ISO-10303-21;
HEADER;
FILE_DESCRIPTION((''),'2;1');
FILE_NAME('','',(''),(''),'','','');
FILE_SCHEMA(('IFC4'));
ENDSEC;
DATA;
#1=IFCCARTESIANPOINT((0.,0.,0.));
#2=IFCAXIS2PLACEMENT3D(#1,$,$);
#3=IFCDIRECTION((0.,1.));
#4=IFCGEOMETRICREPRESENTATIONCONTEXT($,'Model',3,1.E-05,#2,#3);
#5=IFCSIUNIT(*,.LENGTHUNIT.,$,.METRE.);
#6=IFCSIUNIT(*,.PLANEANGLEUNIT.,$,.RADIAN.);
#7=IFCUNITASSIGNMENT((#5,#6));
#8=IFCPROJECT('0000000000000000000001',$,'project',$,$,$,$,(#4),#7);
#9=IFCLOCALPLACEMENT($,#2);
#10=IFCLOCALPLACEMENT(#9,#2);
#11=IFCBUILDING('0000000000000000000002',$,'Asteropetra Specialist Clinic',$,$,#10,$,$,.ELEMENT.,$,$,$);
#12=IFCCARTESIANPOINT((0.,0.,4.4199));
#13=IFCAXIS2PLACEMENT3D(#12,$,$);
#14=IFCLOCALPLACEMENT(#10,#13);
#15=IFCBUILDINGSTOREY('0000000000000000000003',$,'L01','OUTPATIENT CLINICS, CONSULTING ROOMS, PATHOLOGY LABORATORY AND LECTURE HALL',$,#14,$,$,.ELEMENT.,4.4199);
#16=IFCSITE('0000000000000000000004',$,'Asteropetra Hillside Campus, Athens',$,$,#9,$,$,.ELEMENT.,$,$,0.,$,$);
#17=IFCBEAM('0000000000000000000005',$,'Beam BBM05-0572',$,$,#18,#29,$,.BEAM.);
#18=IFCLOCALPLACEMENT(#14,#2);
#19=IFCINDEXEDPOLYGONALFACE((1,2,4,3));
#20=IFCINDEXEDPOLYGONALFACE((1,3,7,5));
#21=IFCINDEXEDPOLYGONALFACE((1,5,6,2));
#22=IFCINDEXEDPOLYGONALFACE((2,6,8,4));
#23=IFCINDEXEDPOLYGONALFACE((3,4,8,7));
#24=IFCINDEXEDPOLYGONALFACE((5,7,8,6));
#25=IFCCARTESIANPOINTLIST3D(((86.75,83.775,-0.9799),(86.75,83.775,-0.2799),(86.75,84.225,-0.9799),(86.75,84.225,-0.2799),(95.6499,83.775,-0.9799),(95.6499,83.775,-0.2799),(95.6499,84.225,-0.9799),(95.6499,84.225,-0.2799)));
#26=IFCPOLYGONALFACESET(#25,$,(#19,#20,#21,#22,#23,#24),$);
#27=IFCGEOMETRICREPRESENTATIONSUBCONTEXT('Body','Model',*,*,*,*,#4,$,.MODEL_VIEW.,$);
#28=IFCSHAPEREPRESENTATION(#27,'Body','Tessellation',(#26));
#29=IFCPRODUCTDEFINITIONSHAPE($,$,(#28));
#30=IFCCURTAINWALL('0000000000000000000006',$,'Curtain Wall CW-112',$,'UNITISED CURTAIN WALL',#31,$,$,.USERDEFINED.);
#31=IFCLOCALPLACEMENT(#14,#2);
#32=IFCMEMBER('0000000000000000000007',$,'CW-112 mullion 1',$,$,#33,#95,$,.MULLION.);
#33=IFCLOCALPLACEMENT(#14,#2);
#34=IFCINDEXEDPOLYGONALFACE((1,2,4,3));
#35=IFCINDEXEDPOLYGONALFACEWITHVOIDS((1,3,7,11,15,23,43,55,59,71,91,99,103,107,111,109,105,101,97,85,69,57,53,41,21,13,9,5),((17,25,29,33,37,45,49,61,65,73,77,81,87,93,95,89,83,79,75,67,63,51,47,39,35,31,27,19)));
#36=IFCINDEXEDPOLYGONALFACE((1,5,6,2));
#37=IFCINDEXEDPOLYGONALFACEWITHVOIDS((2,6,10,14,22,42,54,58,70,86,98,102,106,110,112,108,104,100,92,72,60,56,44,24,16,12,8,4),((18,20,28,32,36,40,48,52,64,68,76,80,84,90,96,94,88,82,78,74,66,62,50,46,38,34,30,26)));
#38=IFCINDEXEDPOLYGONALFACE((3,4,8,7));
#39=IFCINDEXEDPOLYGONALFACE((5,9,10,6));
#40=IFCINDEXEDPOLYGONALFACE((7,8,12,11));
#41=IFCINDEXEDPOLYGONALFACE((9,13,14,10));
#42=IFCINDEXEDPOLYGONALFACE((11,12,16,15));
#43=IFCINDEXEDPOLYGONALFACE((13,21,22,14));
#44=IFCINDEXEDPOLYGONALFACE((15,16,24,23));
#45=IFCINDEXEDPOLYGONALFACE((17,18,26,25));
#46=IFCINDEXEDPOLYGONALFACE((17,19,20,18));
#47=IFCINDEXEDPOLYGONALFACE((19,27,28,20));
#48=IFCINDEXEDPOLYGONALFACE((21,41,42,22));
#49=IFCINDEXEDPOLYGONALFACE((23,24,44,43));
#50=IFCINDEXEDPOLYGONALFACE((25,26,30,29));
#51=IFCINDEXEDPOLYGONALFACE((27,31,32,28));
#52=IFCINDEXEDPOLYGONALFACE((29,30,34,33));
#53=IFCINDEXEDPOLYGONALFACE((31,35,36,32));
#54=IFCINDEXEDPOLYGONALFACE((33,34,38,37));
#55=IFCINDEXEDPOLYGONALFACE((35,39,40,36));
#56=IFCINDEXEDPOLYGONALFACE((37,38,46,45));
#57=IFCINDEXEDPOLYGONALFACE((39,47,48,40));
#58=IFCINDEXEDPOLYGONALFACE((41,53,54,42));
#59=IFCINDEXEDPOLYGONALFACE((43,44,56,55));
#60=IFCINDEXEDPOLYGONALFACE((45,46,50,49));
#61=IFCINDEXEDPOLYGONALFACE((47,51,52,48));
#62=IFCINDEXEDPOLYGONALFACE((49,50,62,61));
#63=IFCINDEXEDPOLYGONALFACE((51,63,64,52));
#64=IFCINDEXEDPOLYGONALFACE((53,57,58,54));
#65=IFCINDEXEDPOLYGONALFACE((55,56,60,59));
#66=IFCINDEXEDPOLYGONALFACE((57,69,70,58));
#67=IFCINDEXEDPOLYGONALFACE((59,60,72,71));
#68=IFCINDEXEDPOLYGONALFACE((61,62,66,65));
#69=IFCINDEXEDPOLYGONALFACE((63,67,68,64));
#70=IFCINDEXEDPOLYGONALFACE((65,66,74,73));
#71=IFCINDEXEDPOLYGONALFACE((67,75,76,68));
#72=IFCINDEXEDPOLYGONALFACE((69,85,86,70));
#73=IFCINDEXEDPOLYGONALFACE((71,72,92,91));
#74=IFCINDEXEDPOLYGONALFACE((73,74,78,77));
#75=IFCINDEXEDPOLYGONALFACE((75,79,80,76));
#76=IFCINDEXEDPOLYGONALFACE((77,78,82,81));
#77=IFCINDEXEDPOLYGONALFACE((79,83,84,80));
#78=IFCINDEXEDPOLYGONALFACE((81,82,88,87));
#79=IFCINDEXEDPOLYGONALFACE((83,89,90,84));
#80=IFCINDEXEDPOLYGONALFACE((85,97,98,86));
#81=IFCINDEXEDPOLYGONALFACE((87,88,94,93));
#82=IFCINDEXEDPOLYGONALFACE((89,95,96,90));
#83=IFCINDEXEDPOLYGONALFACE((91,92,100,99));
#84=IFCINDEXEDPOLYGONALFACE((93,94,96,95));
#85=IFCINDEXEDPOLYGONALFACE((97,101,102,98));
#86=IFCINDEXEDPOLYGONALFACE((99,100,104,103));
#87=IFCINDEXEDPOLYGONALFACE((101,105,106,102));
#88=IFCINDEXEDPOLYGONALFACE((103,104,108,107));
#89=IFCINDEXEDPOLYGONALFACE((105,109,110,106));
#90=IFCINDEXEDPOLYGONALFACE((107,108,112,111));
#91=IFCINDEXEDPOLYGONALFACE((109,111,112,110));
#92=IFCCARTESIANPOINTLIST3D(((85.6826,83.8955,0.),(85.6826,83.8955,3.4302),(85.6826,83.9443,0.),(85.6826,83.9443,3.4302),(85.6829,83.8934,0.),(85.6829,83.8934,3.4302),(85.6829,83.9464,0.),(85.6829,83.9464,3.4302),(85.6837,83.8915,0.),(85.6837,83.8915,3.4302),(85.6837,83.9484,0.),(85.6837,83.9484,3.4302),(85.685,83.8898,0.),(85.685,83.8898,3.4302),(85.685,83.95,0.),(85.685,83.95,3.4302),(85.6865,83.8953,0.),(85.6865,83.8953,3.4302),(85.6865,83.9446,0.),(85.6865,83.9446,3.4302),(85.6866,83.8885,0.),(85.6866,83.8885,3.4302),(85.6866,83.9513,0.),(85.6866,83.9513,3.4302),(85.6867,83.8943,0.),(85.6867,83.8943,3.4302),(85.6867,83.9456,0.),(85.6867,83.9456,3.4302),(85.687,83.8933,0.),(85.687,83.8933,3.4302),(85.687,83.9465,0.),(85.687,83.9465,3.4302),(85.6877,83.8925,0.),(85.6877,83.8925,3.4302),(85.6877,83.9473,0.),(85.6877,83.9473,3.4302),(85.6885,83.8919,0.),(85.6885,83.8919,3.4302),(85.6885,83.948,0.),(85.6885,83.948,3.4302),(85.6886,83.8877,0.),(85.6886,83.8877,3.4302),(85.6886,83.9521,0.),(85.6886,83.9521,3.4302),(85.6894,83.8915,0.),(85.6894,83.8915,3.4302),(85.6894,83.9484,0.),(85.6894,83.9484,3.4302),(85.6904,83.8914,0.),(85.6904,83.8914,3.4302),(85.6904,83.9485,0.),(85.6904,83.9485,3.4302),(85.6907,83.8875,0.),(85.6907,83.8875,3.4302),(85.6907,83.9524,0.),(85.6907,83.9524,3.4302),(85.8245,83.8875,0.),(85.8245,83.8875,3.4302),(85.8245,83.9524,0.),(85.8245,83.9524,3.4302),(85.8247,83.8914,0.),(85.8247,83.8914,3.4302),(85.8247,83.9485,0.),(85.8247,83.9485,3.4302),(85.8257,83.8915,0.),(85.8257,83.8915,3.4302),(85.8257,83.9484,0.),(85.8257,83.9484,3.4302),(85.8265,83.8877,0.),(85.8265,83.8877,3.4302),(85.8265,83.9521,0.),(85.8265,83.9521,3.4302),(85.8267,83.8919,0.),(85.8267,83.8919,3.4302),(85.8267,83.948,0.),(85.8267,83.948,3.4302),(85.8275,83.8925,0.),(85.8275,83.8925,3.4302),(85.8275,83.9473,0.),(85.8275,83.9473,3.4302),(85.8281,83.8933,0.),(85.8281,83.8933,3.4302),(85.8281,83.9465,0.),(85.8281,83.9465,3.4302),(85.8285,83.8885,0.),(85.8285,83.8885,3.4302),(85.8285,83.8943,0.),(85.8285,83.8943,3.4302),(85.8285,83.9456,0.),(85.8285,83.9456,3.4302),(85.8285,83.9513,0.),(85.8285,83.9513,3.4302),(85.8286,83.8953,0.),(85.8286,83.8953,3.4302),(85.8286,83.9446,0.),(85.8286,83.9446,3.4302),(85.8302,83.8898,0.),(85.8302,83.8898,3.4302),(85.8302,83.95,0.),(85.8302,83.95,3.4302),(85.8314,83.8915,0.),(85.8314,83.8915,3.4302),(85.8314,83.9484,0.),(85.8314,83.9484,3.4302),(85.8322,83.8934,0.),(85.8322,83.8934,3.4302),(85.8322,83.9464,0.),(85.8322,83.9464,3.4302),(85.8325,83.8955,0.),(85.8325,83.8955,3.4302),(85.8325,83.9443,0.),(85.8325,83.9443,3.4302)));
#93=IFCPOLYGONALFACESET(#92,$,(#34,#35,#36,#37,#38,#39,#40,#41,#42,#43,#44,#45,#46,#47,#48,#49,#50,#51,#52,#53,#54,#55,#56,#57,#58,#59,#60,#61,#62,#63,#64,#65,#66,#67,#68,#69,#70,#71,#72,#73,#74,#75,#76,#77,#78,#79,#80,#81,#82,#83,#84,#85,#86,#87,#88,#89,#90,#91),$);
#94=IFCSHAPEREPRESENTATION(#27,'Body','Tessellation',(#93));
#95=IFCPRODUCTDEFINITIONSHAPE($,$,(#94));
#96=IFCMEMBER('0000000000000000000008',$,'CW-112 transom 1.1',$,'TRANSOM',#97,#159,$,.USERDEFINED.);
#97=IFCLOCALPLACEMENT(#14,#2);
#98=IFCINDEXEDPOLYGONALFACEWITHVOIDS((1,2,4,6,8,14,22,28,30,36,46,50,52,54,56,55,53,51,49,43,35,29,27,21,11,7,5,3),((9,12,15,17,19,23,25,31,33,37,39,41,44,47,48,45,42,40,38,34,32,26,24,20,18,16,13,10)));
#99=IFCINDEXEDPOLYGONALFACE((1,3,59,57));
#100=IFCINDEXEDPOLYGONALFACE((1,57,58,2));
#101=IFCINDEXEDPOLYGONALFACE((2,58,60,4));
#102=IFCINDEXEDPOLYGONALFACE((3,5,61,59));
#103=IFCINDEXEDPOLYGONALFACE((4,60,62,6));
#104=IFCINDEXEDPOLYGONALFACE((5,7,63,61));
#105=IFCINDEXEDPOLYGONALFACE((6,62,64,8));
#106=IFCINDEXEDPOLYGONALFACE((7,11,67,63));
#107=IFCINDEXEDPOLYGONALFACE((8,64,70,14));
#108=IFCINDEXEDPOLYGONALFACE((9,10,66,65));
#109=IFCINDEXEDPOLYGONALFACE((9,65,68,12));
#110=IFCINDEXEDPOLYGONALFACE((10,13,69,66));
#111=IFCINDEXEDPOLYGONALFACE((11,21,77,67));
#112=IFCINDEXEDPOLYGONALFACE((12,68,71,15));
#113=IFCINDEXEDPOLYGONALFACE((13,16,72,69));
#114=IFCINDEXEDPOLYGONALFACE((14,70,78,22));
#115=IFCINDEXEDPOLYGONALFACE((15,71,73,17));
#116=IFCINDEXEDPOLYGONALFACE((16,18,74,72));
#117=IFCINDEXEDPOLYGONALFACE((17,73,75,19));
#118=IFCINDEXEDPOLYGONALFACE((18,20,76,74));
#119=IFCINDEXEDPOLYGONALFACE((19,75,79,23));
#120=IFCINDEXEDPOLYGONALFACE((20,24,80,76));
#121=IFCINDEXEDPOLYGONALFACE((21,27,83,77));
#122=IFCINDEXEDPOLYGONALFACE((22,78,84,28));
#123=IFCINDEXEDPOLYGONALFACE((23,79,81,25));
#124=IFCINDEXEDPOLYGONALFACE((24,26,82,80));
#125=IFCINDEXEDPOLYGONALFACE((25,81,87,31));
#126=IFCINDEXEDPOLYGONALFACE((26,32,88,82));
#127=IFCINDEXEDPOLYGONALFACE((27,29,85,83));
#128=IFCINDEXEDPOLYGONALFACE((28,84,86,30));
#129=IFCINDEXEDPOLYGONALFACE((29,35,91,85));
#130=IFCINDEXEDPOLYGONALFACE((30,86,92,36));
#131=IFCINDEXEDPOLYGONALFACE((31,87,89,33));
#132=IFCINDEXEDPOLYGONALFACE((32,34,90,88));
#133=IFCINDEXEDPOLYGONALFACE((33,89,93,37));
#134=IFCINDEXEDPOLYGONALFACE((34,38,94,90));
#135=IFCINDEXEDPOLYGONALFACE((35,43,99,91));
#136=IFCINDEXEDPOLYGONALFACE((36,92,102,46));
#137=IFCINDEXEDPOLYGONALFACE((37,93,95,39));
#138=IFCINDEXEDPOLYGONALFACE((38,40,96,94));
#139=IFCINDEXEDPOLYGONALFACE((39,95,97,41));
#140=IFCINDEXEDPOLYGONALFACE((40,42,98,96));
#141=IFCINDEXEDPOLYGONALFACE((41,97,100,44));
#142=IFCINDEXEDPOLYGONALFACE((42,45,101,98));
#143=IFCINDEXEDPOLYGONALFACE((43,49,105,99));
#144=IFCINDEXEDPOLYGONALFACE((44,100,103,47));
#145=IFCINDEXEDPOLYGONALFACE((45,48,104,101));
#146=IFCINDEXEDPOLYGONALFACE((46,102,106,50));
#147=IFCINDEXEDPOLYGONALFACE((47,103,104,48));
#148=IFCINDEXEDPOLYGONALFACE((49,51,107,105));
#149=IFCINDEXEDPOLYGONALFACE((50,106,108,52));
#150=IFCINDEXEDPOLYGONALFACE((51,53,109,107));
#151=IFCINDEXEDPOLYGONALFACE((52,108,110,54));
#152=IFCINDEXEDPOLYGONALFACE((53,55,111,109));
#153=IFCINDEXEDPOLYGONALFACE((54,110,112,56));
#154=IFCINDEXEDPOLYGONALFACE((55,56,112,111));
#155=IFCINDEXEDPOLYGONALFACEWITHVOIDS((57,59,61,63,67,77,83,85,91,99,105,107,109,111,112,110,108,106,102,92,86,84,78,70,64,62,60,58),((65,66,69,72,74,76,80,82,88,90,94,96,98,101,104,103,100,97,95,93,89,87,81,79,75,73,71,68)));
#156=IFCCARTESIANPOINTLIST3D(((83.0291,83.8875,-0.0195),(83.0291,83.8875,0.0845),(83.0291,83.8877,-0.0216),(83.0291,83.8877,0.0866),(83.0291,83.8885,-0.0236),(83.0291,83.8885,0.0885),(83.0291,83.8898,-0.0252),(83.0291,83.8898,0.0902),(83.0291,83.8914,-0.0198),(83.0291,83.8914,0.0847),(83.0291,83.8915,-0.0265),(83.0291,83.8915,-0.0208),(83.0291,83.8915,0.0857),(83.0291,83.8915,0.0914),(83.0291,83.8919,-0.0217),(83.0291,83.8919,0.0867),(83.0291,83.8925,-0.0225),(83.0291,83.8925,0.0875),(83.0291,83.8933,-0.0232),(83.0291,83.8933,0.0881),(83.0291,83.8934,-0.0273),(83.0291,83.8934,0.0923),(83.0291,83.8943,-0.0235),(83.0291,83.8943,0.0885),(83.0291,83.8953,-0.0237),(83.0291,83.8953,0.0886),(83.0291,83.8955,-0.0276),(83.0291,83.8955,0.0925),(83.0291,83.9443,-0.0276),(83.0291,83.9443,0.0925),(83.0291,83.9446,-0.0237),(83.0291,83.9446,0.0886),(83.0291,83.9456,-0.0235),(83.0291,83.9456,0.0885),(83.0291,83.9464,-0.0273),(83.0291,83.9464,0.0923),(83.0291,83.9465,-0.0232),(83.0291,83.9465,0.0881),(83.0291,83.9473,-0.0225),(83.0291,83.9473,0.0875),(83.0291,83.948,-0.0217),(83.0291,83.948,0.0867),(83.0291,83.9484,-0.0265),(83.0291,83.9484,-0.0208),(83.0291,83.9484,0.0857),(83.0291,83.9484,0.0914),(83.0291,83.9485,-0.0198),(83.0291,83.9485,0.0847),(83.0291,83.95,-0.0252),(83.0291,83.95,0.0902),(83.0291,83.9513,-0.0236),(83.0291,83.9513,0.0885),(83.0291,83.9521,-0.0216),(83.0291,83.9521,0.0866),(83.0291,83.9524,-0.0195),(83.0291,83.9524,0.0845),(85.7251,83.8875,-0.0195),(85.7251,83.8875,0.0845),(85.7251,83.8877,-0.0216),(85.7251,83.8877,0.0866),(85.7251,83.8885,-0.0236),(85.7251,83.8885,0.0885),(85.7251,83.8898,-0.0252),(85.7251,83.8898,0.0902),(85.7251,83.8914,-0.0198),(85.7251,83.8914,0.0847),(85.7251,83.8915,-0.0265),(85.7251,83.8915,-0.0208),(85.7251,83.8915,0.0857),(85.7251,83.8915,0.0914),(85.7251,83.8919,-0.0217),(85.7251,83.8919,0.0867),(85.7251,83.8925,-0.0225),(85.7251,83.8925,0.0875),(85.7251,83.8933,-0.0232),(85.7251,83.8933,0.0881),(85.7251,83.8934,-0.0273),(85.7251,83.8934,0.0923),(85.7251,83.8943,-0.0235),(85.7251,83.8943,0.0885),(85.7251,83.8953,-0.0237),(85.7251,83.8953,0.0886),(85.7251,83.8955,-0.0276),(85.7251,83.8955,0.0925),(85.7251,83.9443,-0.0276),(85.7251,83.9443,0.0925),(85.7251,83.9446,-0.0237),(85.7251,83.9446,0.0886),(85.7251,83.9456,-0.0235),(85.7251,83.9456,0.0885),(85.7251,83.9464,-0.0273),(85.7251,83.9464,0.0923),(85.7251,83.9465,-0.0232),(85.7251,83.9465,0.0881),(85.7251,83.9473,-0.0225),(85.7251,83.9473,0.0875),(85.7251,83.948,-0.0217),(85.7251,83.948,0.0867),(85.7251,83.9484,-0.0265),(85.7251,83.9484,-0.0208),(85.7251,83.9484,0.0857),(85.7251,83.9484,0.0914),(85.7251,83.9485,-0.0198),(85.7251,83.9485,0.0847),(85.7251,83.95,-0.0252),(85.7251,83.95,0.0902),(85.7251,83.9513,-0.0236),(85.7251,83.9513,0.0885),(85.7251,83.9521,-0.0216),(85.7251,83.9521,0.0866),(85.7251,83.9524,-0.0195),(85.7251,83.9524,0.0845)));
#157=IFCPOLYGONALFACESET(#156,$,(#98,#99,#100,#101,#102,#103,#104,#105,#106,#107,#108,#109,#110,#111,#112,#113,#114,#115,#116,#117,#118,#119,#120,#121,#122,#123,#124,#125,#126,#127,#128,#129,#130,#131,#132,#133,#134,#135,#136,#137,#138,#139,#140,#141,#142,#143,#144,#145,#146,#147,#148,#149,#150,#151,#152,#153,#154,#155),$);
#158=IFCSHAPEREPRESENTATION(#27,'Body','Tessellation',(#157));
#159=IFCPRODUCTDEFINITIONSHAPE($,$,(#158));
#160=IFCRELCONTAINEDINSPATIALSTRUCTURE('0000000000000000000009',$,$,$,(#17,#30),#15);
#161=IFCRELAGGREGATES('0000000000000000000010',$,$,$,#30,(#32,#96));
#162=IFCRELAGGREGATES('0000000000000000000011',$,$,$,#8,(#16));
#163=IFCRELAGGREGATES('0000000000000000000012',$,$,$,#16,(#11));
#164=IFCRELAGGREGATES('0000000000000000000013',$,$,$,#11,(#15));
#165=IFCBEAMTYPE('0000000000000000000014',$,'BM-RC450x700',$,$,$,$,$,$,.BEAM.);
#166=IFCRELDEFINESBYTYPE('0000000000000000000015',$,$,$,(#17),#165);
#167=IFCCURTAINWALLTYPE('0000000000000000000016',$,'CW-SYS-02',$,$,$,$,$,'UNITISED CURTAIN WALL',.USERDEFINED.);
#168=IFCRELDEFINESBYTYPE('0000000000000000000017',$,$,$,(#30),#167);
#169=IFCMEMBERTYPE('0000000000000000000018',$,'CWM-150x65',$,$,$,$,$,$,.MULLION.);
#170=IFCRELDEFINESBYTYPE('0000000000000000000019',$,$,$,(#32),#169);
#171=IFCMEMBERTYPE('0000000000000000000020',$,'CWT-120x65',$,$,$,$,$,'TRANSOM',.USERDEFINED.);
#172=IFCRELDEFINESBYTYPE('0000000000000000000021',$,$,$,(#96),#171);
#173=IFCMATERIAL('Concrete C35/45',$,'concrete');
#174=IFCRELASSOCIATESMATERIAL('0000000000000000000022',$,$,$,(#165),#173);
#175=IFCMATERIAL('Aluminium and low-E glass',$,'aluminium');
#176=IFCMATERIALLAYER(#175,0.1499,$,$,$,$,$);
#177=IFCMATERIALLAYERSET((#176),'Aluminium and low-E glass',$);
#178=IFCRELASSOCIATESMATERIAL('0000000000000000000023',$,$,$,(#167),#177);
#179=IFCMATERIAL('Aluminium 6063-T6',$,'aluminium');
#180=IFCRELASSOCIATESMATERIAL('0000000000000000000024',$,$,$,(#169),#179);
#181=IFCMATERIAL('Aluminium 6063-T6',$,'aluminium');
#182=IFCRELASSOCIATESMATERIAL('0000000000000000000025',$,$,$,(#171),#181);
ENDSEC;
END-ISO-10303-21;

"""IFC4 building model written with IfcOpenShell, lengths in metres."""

from ifc_helpers import new_model, si_unit, direction, frame, origin, origin_2d, place, context, subcontext, project, spatial, rectangle, hollow_rectangle, extrude, material, layer, layer_set, material_profile, profile_set, type_object, element, aggregate, save


model = new_model("IFC4")

# Units and contexts
model_context = context("Model", 3, precision=1e-05, world=origin(), true_north=direction((0.0, 1.0)))
body_context = subcontext(model_context, "Body", "Model", "MODEL_VIEW")
ifc_project = project(units=[si_unit("LENGTHUNIT", "METRE"), si_unit("PLANEANGLEUNIT", "RADIAN")], contexts=[model_context])

# Site, building, storey
site_placement = place(None, origin())
site = spatial("IfcSite", under=ifc_project, at=site_placement, Name="Asteropetra Hillside Campus, Athens", CompositionType="ELEMENT", RefElevation=0.0)
building_placement = place(site_placement, origin())
building = spatial("IfcBuilding", under=site, at=building_placement, Name="Asteropetra Specialist Clinic", CompositionType="ELEMENT")
storey_placement = place(building_placement, frame((0.0, 0.0, 4.4199)))
storey = spatial("IfcBuildingStorey", under=building, at=storey_placement, Name="L01", Description="OUTPATIENT CLINICS, CONSULTING ROOMS, PATHOLOGY LABORATORY AND LECTURE HALL", CompositionType="ELEMENT", Elevation=4.4199)

# Beam
ifc_material_1 = material(Name="Concrete C35/45", Category="concrete")
ifc_material_profile_1 = material_profile(ifc_material_1, rectangle(XDim=0.45, YDim=0.7, at=origin_2d()), Name="RCB 450x700")
ifc_profile_set_1 = profile_set([ifc_material_profile_1], Name="Concrete C35/45")
beam_type_1 = type_object("IfcBeamType", Name="BM-RC450x700", PredefinedType="BEAM", material=ifc_profile_set_1)
beam_1_placement = place(storey_placement, frame((86.75, 84.0, -0.6299), z_axis=(1.0, 0.0, 0.0), x_axis=(0.0, 1.0, 0.0)))
element("IfcBeam", 1, at=beam_1_placement, inside=storey, type_object=beam_type_1, Name="Beam BBM05-0572", PredefinedType="BEAM", context=body_context, shape_type="SweptSolid", body=[
    extrude(rectangle(XDim=0.45, YDim=0.7, at=origin_2d()), origin(), (0.0, 0.0, 1.0), 8.8999),
])

# Curtain wall, members
ifc_material_2 = material(Name="Aluminium and low-E glass", Category="aluminium")
ifc_layer_1 = layer(ifc_material_2, 0.1499)
ifc_layer_set_1 = layer_set([ifc_layer_1], Name="Aluminium and low-E glass")
curtain_wall_type = type_object("IfcCurtainWallType", Name="CW-SYS-02", ElementType="UNITISED CURTAIN WALL", PredefinedType="USERDEFINED", material=ifc_layer_set_1)
curtain_wall_placement = place(storey_placement, origin())
curtain_wall = element("IfcCurtainWall", 2, at=curtain_wall_placement, inside=storey, type_object=curtain_wall_type, Name="Curtain Wall CW-112", ObjectType="UNITISED CURTAIN WALL", PredefinedType="USERDEFINED")
ifc_material_3 = material(Name="Aluminium 6063-T6", Category="aluminium")
ifc_material_profile_2 = material_profile(ifc_material_3, hollow_rectangle(XDim=0.0649, YDim=0.1499, WallThickness=0.0039, InnerFilletRadius=0.0039, OuterFilletRadius=0.0081, at=origin_2d()), Name="MUL 150x65x4.0")
ifc_profile_set_2 = profile_set([ifc_material_profile_2], Name="Aluminium 6063-T6")
member_type_1 = type_object("IfcMemberType", Name="CWM-150x65", PredefinedType="MULLION", material=ifc_profile_set_2)
member_1_placement = place(storey_placement, frame((85.7576, 83.9199, 0.0), z_axis=(0.0, 0.0, 1.0), x_axis=(0.0, -1.0, 0.0)))
member_1 = element("IfcMember", 3, at=member_1_placement, type_object=member_type_1, Name="CW-112 mullion 1", PredefinedType="MULLION", context=body_context, shape_type="SweptSolid", body=[
    extrude(hollow_rectangle(XDim=0.0649, YDim=0.1499, WallThickness=0.0039, InnerFilletRadius=0.0039, OuterFilletRadius=0.0081, at=origin_2d()), origin(), (0.0, 0.0, 1.0), 3.4302),
])
ifc_material_4 = material(Name="Aluminium 6063-T6", Category="aluminium")
ifc_material_profile_3 = material_profile(ifc_material_4, hollow_rectangle(XDim=0.0649, YDim=0.1201, WallThickness=0.0039, InnerFilletRadius=0.0039, OuterFilletRadius=0.0081, at=origin_2d()), Name="TRN 120x65x4.0")
ifc_profile_set_3 = profile_set([ifc_material_profile_3], Name="Aluminium 6063-T6")
member_type_2 = type_object("IfcMemberType", Name="CWT-120x65", ElementType="TRANSOM", PredefinedType="USERDEFINED", material=ifc_profile_set_3)
member_2_placement = place(storey_placement, frame((85.7251, 83.9199, 0.0325), z_axis=(-1.0, 0.0, 0.0), x_axis=(0.0, -1.0, 0.0)))
member_2 = element("IfcMember", 4, at=member_2_placement, type_object=member_type_2, Name="CW-112 transom 1.1", ObjectType="TRANSOM", PredefinedType="USERDEFINED", context=body_context, shape_type="SweptSolid", body=[
    extrude(hollow_rectangle(XDim=0.0649, YDim=0.1201, WallThickness=0.0039, InnerFilletRadius=0.0039, OuterFilletRadius=0.0081, at=origin_2d()), origin(), (0.0, 0.0, 1.0), 2.696),
])
aggregate(curtain_wall, [member_1, member_2])

save(model, "model.ifc")
